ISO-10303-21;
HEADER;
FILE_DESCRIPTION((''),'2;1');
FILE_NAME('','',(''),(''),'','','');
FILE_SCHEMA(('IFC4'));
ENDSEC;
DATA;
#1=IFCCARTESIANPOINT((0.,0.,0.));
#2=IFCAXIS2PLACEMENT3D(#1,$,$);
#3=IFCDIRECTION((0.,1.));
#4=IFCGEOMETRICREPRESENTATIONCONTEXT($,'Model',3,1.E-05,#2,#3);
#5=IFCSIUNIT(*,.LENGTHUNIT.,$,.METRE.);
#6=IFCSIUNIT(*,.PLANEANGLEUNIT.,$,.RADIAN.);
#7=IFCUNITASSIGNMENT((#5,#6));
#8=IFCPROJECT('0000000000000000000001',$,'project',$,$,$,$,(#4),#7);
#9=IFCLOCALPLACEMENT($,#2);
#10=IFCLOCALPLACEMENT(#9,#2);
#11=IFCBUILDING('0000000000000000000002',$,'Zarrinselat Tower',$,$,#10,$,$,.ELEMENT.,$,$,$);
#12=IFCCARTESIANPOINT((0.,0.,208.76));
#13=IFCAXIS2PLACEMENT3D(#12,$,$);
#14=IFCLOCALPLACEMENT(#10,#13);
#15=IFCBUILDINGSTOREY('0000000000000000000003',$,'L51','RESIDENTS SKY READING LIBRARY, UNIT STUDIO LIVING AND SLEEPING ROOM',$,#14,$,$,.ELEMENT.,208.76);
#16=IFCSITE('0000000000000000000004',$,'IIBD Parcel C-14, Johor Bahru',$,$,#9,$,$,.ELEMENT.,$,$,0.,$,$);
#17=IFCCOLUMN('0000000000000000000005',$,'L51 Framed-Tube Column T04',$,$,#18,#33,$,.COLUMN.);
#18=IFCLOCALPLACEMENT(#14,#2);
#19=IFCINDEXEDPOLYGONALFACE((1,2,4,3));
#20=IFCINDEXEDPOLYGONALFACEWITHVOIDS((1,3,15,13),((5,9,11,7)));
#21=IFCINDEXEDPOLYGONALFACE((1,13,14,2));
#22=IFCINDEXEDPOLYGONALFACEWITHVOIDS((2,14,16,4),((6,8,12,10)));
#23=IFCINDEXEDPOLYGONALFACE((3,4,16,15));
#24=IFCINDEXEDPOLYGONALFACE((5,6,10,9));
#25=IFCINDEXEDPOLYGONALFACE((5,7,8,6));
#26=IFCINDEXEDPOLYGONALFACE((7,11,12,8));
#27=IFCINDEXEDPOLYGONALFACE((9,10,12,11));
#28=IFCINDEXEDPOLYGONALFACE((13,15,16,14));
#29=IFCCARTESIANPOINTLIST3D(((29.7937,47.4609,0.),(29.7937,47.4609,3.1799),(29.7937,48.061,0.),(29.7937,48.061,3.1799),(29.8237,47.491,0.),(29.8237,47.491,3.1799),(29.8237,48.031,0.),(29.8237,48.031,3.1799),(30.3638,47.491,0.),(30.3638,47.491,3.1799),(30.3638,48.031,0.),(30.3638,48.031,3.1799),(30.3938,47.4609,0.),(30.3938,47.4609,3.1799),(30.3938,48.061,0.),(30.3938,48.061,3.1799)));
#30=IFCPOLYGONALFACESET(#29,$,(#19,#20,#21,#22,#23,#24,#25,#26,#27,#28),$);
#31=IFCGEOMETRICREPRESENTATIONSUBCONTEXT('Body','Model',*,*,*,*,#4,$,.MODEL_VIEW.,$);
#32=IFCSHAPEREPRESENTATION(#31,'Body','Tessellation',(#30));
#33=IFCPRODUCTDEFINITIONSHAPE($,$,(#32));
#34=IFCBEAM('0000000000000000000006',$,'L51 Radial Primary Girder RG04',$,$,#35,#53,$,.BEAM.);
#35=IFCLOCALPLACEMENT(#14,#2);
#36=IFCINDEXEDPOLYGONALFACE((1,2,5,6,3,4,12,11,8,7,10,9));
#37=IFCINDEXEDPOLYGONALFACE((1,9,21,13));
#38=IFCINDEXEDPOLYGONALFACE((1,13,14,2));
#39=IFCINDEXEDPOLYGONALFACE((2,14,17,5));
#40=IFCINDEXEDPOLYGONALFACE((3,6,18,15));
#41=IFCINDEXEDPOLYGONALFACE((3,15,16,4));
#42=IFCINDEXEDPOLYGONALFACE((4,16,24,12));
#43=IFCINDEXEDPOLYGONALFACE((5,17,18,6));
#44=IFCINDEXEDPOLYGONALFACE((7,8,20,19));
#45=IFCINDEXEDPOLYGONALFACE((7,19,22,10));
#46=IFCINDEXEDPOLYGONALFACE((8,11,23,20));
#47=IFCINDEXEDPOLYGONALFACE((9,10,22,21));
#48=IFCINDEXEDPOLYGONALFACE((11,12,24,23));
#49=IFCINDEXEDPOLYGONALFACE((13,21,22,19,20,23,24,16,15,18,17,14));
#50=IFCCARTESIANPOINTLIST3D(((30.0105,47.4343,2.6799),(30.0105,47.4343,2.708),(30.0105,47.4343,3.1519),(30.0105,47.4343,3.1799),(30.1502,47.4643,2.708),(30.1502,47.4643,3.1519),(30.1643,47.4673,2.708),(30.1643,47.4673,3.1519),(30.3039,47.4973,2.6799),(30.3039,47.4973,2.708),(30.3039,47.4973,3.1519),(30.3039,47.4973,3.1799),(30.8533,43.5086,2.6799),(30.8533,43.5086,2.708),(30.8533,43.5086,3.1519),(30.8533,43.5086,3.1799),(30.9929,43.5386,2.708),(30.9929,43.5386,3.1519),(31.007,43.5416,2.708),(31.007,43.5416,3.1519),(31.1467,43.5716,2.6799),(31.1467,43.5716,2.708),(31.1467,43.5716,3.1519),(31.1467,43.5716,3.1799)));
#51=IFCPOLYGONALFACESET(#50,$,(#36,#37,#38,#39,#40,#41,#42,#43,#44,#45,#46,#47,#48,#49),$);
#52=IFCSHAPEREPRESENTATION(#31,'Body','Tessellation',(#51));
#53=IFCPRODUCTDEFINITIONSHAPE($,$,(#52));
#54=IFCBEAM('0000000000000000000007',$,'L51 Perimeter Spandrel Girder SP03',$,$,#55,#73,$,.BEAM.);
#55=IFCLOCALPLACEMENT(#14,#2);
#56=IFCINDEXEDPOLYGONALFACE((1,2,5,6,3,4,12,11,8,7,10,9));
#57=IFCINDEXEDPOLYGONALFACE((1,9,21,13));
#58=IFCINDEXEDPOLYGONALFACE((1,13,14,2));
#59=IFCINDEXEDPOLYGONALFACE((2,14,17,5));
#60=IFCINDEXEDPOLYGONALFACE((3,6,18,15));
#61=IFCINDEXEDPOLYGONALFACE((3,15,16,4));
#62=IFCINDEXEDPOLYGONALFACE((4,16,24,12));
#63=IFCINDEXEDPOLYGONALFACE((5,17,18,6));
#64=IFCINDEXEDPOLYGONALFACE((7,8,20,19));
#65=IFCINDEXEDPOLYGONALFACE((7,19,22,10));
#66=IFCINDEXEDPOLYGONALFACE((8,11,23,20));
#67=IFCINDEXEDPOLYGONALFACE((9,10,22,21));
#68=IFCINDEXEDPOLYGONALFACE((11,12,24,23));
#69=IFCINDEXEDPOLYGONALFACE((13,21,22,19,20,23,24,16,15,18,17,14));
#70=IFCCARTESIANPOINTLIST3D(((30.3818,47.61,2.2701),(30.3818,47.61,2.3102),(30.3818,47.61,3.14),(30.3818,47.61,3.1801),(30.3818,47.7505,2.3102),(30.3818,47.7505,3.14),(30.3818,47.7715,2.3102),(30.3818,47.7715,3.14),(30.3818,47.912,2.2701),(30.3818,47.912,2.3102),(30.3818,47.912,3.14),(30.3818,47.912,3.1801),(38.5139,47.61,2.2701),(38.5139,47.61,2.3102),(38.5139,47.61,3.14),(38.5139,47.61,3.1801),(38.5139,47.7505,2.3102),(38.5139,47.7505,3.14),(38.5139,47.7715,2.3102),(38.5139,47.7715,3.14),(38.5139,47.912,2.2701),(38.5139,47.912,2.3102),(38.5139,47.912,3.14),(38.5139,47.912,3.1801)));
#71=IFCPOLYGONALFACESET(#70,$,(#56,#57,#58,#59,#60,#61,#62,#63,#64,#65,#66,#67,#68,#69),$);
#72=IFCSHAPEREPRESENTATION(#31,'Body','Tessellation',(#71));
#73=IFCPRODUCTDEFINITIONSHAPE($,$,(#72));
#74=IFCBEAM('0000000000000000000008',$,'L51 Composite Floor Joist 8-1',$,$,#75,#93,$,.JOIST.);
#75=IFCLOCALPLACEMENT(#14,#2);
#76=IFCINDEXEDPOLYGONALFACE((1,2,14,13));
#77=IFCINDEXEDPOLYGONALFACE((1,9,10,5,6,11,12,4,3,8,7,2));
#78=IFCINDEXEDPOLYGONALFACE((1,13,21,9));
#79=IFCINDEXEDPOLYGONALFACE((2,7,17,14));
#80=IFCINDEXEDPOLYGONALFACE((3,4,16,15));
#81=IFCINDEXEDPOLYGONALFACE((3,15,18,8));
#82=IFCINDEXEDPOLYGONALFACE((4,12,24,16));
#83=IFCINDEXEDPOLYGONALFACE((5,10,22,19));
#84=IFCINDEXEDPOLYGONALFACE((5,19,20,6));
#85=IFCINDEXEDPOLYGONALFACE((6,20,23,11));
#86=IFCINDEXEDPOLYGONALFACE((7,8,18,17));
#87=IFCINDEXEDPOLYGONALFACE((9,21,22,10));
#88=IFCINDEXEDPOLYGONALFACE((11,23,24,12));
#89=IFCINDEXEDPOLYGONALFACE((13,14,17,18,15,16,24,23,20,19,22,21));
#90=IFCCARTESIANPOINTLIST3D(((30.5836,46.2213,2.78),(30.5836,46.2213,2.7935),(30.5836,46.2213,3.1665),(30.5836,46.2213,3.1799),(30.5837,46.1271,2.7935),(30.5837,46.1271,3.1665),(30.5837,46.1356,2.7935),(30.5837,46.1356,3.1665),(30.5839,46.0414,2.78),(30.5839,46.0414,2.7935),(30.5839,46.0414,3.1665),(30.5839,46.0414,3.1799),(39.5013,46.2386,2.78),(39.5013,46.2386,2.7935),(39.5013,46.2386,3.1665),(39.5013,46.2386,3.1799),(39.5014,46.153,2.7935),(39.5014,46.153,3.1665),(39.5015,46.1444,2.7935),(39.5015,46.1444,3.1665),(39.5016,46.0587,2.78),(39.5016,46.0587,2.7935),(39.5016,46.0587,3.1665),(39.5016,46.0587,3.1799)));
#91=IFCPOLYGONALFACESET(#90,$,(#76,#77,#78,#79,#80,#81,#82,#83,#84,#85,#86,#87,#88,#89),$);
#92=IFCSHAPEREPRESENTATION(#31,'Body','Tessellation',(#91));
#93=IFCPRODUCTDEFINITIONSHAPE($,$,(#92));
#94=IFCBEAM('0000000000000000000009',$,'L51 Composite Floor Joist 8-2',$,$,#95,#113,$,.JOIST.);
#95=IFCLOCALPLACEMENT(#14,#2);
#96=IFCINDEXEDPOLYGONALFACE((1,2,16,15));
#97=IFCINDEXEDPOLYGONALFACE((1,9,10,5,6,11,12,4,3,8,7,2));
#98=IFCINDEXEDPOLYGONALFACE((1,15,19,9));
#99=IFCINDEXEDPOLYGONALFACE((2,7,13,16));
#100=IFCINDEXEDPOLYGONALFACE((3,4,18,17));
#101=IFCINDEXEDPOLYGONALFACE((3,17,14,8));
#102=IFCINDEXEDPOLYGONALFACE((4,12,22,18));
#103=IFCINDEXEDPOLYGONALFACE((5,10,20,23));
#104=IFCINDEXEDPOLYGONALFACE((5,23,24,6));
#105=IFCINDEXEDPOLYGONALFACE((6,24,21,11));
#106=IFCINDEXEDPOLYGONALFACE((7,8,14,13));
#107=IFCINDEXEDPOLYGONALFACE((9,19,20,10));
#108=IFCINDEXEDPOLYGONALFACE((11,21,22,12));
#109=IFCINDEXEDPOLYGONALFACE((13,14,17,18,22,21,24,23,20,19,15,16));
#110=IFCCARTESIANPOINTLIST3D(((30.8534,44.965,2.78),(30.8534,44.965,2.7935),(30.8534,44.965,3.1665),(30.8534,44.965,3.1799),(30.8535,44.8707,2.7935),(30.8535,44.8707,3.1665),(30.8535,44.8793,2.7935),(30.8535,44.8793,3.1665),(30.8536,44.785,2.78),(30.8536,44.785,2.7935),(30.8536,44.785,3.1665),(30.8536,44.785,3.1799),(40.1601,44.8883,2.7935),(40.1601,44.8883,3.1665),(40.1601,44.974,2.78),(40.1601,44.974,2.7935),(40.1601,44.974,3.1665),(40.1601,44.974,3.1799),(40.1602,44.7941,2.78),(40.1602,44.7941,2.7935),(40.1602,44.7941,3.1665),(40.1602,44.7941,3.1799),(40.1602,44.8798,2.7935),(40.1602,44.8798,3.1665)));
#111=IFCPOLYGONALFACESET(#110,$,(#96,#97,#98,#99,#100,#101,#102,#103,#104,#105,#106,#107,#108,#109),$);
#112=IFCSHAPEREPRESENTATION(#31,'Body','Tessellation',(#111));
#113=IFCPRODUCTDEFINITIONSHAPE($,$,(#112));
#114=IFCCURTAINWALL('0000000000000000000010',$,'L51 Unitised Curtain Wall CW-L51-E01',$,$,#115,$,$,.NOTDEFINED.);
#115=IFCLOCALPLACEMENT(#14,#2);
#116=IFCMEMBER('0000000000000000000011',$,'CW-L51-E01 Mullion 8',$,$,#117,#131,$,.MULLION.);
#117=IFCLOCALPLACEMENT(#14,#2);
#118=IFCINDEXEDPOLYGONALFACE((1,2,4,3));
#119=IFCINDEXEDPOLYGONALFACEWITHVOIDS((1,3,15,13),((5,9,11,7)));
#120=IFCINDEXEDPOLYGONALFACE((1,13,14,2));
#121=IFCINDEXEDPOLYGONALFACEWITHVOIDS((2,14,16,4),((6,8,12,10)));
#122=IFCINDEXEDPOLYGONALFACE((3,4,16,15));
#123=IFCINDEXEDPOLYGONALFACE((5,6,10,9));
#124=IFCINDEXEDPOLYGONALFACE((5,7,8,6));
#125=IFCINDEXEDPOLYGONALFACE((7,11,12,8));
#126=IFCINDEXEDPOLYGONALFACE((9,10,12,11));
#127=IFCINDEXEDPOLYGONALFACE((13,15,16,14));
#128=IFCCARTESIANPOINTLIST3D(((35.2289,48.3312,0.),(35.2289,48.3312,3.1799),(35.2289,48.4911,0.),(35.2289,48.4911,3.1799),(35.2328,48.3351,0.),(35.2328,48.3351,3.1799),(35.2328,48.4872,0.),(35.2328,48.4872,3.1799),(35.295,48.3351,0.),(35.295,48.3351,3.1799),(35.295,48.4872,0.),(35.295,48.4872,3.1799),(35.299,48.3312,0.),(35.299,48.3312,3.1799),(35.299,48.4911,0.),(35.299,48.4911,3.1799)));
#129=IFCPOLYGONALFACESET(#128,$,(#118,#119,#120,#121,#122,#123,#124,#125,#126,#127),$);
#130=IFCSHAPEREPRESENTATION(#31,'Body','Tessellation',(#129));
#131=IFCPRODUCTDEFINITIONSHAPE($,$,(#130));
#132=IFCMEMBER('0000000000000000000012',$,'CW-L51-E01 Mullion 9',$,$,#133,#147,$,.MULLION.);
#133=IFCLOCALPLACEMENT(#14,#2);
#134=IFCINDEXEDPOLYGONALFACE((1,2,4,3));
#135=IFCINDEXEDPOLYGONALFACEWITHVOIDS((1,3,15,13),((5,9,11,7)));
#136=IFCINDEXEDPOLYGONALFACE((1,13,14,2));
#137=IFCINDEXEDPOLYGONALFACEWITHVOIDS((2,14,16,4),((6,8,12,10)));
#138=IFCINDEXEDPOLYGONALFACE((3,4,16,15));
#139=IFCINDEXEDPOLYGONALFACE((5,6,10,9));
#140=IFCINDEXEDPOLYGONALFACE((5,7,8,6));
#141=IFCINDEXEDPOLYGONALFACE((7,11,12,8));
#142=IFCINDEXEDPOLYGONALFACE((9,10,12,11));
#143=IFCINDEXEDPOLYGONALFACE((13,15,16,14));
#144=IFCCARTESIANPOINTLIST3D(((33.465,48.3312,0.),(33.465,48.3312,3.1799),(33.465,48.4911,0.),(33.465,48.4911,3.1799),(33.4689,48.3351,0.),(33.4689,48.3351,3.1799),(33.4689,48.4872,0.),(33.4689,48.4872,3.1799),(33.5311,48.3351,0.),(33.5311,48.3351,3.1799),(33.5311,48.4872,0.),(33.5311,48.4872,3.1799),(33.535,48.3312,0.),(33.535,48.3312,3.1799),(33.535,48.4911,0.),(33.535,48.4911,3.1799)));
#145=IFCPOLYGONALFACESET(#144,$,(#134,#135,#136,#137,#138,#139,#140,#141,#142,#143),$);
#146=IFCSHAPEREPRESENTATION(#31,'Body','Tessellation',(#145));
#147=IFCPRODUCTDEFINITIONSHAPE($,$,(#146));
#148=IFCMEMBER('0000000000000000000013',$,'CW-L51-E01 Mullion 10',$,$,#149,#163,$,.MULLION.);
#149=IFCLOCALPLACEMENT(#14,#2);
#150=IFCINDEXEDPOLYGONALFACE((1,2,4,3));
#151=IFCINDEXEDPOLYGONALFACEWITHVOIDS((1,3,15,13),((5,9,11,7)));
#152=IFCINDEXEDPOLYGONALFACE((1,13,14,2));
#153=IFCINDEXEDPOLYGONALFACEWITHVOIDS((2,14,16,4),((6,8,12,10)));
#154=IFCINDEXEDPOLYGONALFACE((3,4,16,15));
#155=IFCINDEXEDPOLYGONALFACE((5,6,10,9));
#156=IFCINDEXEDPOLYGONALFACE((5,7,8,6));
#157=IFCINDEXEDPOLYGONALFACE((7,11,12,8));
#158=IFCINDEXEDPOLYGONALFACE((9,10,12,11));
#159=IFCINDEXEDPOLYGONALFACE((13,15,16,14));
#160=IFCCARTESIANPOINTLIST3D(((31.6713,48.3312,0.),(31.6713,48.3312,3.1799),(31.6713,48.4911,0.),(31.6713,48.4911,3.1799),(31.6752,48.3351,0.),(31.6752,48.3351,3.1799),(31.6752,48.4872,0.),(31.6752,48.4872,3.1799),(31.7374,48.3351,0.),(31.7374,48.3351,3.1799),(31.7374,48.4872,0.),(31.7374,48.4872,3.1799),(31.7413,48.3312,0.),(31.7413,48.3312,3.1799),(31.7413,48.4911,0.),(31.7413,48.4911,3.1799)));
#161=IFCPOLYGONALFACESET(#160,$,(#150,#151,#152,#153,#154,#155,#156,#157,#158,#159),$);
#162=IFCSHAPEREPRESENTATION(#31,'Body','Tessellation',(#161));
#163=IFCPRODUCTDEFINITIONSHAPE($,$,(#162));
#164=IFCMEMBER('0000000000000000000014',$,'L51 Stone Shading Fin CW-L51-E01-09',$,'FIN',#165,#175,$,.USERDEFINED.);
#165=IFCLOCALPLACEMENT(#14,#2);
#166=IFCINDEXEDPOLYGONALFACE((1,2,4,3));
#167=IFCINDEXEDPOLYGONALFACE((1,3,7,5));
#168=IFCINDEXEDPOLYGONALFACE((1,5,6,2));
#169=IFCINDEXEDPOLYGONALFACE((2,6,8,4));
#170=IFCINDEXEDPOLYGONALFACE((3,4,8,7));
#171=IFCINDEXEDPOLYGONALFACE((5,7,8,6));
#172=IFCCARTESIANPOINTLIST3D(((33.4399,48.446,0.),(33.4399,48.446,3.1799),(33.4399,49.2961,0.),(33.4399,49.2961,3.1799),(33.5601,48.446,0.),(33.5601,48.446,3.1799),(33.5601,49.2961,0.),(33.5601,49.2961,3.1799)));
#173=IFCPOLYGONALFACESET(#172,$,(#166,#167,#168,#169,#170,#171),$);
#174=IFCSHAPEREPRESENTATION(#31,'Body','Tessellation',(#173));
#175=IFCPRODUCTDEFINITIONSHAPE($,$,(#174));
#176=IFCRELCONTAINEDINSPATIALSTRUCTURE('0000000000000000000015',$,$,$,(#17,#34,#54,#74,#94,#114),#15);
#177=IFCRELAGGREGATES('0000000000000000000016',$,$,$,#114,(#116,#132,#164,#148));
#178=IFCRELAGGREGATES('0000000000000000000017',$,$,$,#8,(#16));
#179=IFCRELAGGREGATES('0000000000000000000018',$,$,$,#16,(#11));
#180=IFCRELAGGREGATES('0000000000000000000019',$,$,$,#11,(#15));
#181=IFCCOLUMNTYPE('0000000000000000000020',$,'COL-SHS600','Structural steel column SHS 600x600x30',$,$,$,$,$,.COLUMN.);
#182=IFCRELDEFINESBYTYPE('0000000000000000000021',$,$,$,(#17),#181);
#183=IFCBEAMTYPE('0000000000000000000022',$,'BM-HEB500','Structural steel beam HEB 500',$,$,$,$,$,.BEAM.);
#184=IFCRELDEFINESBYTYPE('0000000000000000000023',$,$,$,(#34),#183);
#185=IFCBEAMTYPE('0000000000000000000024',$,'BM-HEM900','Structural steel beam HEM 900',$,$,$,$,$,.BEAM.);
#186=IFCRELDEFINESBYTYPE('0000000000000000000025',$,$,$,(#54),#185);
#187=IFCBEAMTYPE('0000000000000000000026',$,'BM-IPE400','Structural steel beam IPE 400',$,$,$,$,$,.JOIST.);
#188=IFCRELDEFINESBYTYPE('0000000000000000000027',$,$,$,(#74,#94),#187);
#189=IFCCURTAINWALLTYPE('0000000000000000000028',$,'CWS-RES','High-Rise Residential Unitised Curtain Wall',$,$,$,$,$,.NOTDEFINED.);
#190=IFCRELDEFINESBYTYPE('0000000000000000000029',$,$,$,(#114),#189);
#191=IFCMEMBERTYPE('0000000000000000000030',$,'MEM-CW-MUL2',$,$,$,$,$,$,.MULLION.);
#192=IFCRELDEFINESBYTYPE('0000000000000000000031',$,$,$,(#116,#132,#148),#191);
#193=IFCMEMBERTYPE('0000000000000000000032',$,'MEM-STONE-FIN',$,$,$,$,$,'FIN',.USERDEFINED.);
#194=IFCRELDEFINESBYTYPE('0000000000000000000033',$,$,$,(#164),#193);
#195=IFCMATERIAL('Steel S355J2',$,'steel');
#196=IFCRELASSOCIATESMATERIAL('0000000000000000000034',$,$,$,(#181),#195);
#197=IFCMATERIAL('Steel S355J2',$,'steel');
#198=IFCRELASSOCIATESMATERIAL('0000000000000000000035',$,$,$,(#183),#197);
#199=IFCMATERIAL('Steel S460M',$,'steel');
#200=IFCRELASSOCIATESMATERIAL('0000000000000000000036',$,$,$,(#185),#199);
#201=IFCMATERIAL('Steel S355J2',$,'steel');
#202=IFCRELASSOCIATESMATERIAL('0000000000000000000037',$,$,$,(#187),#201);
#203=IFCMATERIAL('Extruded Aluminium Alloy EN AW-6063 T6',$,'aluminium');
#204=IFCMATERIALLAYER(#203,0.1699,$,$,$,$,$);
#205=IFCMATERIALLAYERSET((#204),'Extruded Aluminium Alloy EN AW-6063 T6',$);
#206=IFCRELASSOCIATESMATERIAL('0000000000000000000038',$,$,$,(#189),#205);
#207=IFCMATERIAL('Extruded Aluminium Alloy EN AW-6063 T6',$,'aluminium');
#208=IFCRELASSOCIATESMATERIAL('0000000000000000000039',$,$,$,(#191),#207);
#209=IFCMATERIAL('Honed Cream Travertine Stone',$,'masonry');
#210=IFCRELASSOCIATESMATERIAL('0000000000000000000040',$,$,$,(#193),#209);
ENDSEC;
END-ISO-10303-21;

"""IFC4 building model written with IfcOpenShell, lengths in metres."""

from ifc_helpers import new_model, si_unit, direction, frame, origin, origin_2d, place, context, subcontext, project, spatial, rectangle, hollow_rectangle, i_section, extrude, material, layer, layer_set, material_profile, profile_set, type_object, element, aggregate, save


model = new_model("IFC4")

# Units and contexts
model_context = context("Model", 3, precision=1e-05, world=origin(), true_north=direction((0.0, 1.0)))
body_context = subcontext(model_context, "Body", "Model", "MODEL_VIEW")
ifc_project = project(units=[si_unit("LENGTHUNIT", "METRE"), si_unit("PLANEANGLEUNIT", "RADIAN")], contexts=[model_context])

# Site, building, storey
site_placement = place(None, origin())
site = spatial("IfcSite", under=ifc_project, at=site_placement, Name="IIBD Parcel C-14, Johor Bahru", CompositionType="ELEMENT", RefElevation=0.0)
building_placement = place(site_placement, origin())
building = spatial("IfcBuilding", under=site, at=building_placement, Name="Zarrinselat Tower", CompositionType="ELEMENT")
storey_placement = place(building_placement, frame((0.0, 0.0, 208.76)))
storey = spatial("IfcBuildingStorey", under=building, at=storey_placement, Name="L51", Description="RESIDENTS SKY READING LIBRARY, UNIT STUDIO LIVING AND SLEEPING ROOM", CompositionType="ELEMENT", Elevation=208.76)

# Column
ifc_material_1 = material(Name="Steel S355J2", Category="steel")
ifc_material_profile_1 = material_profile(ifc_material_1, hollow_rectangle(XDim=0.6001, YDim=0.6001, WallThickness=0.03, at=origin_2d()), Name="SHS 600x600x30")
ifc_profile_set_1 = profile_set([ifc_material_profile_1], Name="Steel S355J2")
column_type = type_object("IfcColumnType", Name="COL-SHS600", Description="Structural steel column SHS 600x600x30", PredefinedType="COLUMN", material=ifc_profile_set_1)
column_placement = place(storey_placement, frame((30.0938, 47.761, 0.0), z_axis=(0.0, 0.0, 1.0), x_axis=(1.0, 0.0, 0.0)))
element("IfcColumn", 1, at=column_placement, inside=storey, type_object=column_type, Name="L51 Framed-Tube Column T04", PredefinedType="COLUMN", context=body_context, shape_type="SweptSolid", body=[
    extrude(hollow_rectangle(XDim=0.6001, YDim=0.6001, WallThickness=0.03, at=origin_2d()), origin(), (0.0, 0.0, 1.0), 3.1799),
])

# Beams
ifc_material_2 = material(Name="Steel S355J2", Category="steel")
ifc_material_profile_2 = material_profile(ifc_material_2, i_section(OverallWidth=0.3, OverallDepth=0.5, WebThickness=0.0144, FlangeThickness=0.0281, at=origin_2d()), Name="HEB 500")
ifc_profile_set_2 = profile_set([ifc_material_profile_2], Name="Steel S355J2")
beam_type_1 = type_object("IfcBeamType", Name="BM-HEB500", Description="Structural steel beam HEB 500", PredefinedType="BEAM", material=ifc_profile_set_2)
beam_1_placement = place(storey_placement, frame((30.1572, 47.4658, 2.9299), z_axis=(0.209894, -0.977724, 0.0), x_axis=(0.977724, 0.209894, 0.0)))
element("IfcBeam", 2, at=beam_1_placement, inside=storey, type_object=beam_type_1, Name="L51 Radial Primary Girder RG04", PredefinedType="BEAM", context=body_context, shape_type="SweptSolid", body=[
    extrude(i_section(OverallWidth=0.3, OverallDepth=0.5, WebThickness=0.0144, FlangeThickness=0.0281, at=origin_2d()), origin(), (0.0, 0.0, 1.0), 4.0151),
])
ifc_material_3 = material(Name="Steel S460M", Category="steel")
ifc_material_profile_3 = material_profile(ifc_material_3, i_section(OverallWidth=0.302, OverallDepth=0.9099, WebThickness=0.021, FlangeThickness=0.04, at=origin_2d()), Name="HEM 900")
ifc_profile_set_3 = profile_set([ifc_material_profile_3], Name="Steel S460M")
beam_type_2 = type_object("IfcBeamType", Name="BM-HEM900", Description="Structural steel beam HEM 900", PredefinedType="BEAM", material=ifc_profile_set_3)
beam_2_placement = place(storey_placement, frame((30.3818, 47.761, 2.7251), z_axis=(1.0, 0.0, 0.0), x_axis=(0.0, 1.0, 0.0)))
element("IfcBeam", 3, at=beam_2_placement, inside=storey, type_object=beam_type_2, Name="L51 Perimeter Spandrel Girder SP03", PredefinedType="BEAM", context=body_context, shape_type="SweptSolid", body=[
    extrude(i_section(OverallWidth=0.302, OverallDepth=0.9099, WebThickness=0.021, FlangeThickness=0.04, at=origin_2d()), origin(), (0.0, 0.0, 1.0), 8.1321),
])
ifc_material_4 = material(Name="Steel S355J2", Category="steel")
ifc_material_profile_4 = material_profile(ifc_material_4, i_section(OverallWidth=0.1799, OverallDepth=0.3999, WebThickness=0.0085, FlangeThickness=0.0134, at=origin_2d()), Name="IPE 400")
ifc_profile_set_4 = profile_set([ifc_material_profile_4], Name="Steel S355J2")
beam_type_3 = type_object("IfcBeamType", Name="BM-IPE400", Description="Structural steel beam IPE 400", PredefinedType="JOIST", material=ifc_profile_set_4)
beam_3_placement = place(storey_placement, frame((30.5837, 46.1313, 2.98), z_axis=(0.999998, 0.001944, 0.0), x_axis=(-0.001944, 0.999998, 0.0)))
element("IfcBeam", 4, at=beam_3_placement, inside=storey, type_object=beam_type_3, Name="L51 Composite Floor Joist 8-1", PredefinedType="JOIST", context=body_context, shape_type="SweptSolid", body=[
    extrude(i_section(OverallWidth=0.1799, OverallDepth=0.3999, WebThickness=0.0085, FlangeThickness=0.0134, at=origin_2d()), origin(), (0.0, 0.0, 1.0), 8.9177),
])
beam_4_placement = place(storey_placement, frame((30.8535, 44.875, 2.98), z_axis=(1.0, 0.000971, 0.0), x_axis=(-0.000971, 1.0, 0.0)))
element("IfcBeam", 5, at=beam_4_placement, inside=storey, type_object=beam_type_3, Name="L51 Composite Floor Joist 8-2", PredefinedType="JOIST", context=body_context, shape_type="SweptSolid", body=[
    extrude(i_section(OverallWidth=0.1799, OverallDepth=0.3999, WebThickness=0.0085, FlangeThickness=0.0134, at=origin_2d()), origin(), (0.0, 0.0, 1.0), 9.3066),
])

# Curtain wall, members
ifc_material_5 = material(Name="Extruded Aluminium Alloy EN AW-6063 T6", Category="aluminium")
ifc_layer_1 = layer(ifc_material_5, 0.1699)
ifc_layer_set_1 = layer_set([ifc_layer_1], Name="Extruded Aluminium Alloy EN AW-6063 T6")
curtain_wall_type = type_object("IfcCurtainWallType", Name="CWS-RES", Description="High-Rise Residential Unitised Curtain Wall", PredefinedType="NOTDEFINED", material=ifc_layer_set_1)
curtain_wall_placement = place(storey_placement, origin())
curtain_wall = element("IfcCurtainWall", 6, at=curtain_wall_placement, inside=storey, type_object=curtain_wall_type, Name="L51 Unitised Curtain Wall CW-L51-E01", PredefinedType="NOTDEFINED")
ifc_material_6 = material(Name="Extruded Aluminium Alloy EN AW-6063 T6", Category="aluminium")
ifc_material_profile_5 = material_profile(ifc_material_6, hollow_rectangle(XDim=0.0701, YDim=0.1599, WallThickness=0.0039, at=origin_2d()), Name="RHS 160x70x4")
ifc_profile_set_5 = profile_set([ifc_material_profile_5], Name="Extruded Aluminium Alloy EN AW-6063 T6")
member_type_1 = type_object("IfcMemberType", Name="MEM-CW-MUL2", PredefinedType="MULLION", material=ifc_profile_set_5)
member_1_placement = place(storey_placement, frame((35.2639, 48.4111, 0.0), z_axis=(0.0, 0.0, 1.0), x_axis=(-1.0, 0.0, 0.0)))
member_1 = element("IfcMember", 7, at=member_1_placement, type_object=member_type_1, Name="CW-L51-E01 Mullion 8", PredefinedType="MULLION", context=body_context, shape_type="SweptSolid", body=[
    extrude(hollow_rectangle(XDim=0.0701, YDim=0.1599, WallThickness=0.0039, at=origin_2d()), origin(), (0.0, 0.0, 1.0), 3.1799),
])
member_2_placement = place(storey_placement, frame((33.5, 48.4111, 0.0), z_axis=(0.0, 0.0, 1.0), x_axis=(-1.0, 0.0, 0.0)))
member_2 = element("IfcMember", 8, at=member_2_placement, type_object=member_type_1, Name="CW-L51-E01 Mullion 9", PredefinedType="MULLION", context=body_context, shape_type="SweptSolid", body=[
    extrude(hollow_rectangle(XDim=0.0701, YDim=0.1599, WallThickness=0.0039, at=origin_2d()), origin(), (0.0, 0.0, 1.0), 3.1799),
])
member_3_placement = place(storey_placement, frame((31.7063, 48.4111, 0.0), z_axis=(0.0, 0.0, 1.0), x_axis=(-1.0, 0.0, 0.0)))
member_3 = element("IfcMember", 9, at=member_3_placement, type_object=member_type_1, Name="CW-L51-E01 Mullion 10", PredefinedType="MULLION", context=body_context, shape_type="SweptSolid", body=[
    extrude(hollow_rectangle(XDim=0.0701, YDim=0.1599, WallThickness=0.0039, at=origin_2d()), origin(), (0.0, 0.0, 1.0), 3.1799),
])
ifc_material_7 = material(Name="Honed Cream Travertine Stone", Category="masonry")
ifc_material_profile_6 = material_profile(ifc_material_7, rectangle(XDim=0.1201, YDim=0.8501, at=origin_2d()), Name="FIN 850x120")
ifc_profile_set_6 = profile_set([ifc_material_profile_6], Name="Honed Cream Travertine Stone")
member_type_2 = type_object("IfcMemberType", Name="MEM-STONE-FIN", ElementType="FIN", PredefinedType="USERDEFINED", material=ifc_profile_set_6)
member_4_placement = place(storey_placement, frame((33.5, 48.8711, 0.0), z_axis=(0.0, 0.0, 1.0), x_axis=(1.0, 0.0, 0.0)))
member_4 = element("IfcMember", 10, at=member_4_placement, type_object=member_type_2, Name="L51 Stone Shading Fin CW-L51-E01-09", ObjectType="FIN", PredefinedType="USERDEFINED", context=body_context, shape_type="SweptSolid", body=[
    extrude(rectangle(XDim=0.1201, YDim=0.8501, at=origin_2d()), origin(), (0.0, 0.0, 1.0), 3.1799),
])
aggregate(curtain_wall, [member_1, member_2, member_4, member_3])

save(model, "model.ifc")
